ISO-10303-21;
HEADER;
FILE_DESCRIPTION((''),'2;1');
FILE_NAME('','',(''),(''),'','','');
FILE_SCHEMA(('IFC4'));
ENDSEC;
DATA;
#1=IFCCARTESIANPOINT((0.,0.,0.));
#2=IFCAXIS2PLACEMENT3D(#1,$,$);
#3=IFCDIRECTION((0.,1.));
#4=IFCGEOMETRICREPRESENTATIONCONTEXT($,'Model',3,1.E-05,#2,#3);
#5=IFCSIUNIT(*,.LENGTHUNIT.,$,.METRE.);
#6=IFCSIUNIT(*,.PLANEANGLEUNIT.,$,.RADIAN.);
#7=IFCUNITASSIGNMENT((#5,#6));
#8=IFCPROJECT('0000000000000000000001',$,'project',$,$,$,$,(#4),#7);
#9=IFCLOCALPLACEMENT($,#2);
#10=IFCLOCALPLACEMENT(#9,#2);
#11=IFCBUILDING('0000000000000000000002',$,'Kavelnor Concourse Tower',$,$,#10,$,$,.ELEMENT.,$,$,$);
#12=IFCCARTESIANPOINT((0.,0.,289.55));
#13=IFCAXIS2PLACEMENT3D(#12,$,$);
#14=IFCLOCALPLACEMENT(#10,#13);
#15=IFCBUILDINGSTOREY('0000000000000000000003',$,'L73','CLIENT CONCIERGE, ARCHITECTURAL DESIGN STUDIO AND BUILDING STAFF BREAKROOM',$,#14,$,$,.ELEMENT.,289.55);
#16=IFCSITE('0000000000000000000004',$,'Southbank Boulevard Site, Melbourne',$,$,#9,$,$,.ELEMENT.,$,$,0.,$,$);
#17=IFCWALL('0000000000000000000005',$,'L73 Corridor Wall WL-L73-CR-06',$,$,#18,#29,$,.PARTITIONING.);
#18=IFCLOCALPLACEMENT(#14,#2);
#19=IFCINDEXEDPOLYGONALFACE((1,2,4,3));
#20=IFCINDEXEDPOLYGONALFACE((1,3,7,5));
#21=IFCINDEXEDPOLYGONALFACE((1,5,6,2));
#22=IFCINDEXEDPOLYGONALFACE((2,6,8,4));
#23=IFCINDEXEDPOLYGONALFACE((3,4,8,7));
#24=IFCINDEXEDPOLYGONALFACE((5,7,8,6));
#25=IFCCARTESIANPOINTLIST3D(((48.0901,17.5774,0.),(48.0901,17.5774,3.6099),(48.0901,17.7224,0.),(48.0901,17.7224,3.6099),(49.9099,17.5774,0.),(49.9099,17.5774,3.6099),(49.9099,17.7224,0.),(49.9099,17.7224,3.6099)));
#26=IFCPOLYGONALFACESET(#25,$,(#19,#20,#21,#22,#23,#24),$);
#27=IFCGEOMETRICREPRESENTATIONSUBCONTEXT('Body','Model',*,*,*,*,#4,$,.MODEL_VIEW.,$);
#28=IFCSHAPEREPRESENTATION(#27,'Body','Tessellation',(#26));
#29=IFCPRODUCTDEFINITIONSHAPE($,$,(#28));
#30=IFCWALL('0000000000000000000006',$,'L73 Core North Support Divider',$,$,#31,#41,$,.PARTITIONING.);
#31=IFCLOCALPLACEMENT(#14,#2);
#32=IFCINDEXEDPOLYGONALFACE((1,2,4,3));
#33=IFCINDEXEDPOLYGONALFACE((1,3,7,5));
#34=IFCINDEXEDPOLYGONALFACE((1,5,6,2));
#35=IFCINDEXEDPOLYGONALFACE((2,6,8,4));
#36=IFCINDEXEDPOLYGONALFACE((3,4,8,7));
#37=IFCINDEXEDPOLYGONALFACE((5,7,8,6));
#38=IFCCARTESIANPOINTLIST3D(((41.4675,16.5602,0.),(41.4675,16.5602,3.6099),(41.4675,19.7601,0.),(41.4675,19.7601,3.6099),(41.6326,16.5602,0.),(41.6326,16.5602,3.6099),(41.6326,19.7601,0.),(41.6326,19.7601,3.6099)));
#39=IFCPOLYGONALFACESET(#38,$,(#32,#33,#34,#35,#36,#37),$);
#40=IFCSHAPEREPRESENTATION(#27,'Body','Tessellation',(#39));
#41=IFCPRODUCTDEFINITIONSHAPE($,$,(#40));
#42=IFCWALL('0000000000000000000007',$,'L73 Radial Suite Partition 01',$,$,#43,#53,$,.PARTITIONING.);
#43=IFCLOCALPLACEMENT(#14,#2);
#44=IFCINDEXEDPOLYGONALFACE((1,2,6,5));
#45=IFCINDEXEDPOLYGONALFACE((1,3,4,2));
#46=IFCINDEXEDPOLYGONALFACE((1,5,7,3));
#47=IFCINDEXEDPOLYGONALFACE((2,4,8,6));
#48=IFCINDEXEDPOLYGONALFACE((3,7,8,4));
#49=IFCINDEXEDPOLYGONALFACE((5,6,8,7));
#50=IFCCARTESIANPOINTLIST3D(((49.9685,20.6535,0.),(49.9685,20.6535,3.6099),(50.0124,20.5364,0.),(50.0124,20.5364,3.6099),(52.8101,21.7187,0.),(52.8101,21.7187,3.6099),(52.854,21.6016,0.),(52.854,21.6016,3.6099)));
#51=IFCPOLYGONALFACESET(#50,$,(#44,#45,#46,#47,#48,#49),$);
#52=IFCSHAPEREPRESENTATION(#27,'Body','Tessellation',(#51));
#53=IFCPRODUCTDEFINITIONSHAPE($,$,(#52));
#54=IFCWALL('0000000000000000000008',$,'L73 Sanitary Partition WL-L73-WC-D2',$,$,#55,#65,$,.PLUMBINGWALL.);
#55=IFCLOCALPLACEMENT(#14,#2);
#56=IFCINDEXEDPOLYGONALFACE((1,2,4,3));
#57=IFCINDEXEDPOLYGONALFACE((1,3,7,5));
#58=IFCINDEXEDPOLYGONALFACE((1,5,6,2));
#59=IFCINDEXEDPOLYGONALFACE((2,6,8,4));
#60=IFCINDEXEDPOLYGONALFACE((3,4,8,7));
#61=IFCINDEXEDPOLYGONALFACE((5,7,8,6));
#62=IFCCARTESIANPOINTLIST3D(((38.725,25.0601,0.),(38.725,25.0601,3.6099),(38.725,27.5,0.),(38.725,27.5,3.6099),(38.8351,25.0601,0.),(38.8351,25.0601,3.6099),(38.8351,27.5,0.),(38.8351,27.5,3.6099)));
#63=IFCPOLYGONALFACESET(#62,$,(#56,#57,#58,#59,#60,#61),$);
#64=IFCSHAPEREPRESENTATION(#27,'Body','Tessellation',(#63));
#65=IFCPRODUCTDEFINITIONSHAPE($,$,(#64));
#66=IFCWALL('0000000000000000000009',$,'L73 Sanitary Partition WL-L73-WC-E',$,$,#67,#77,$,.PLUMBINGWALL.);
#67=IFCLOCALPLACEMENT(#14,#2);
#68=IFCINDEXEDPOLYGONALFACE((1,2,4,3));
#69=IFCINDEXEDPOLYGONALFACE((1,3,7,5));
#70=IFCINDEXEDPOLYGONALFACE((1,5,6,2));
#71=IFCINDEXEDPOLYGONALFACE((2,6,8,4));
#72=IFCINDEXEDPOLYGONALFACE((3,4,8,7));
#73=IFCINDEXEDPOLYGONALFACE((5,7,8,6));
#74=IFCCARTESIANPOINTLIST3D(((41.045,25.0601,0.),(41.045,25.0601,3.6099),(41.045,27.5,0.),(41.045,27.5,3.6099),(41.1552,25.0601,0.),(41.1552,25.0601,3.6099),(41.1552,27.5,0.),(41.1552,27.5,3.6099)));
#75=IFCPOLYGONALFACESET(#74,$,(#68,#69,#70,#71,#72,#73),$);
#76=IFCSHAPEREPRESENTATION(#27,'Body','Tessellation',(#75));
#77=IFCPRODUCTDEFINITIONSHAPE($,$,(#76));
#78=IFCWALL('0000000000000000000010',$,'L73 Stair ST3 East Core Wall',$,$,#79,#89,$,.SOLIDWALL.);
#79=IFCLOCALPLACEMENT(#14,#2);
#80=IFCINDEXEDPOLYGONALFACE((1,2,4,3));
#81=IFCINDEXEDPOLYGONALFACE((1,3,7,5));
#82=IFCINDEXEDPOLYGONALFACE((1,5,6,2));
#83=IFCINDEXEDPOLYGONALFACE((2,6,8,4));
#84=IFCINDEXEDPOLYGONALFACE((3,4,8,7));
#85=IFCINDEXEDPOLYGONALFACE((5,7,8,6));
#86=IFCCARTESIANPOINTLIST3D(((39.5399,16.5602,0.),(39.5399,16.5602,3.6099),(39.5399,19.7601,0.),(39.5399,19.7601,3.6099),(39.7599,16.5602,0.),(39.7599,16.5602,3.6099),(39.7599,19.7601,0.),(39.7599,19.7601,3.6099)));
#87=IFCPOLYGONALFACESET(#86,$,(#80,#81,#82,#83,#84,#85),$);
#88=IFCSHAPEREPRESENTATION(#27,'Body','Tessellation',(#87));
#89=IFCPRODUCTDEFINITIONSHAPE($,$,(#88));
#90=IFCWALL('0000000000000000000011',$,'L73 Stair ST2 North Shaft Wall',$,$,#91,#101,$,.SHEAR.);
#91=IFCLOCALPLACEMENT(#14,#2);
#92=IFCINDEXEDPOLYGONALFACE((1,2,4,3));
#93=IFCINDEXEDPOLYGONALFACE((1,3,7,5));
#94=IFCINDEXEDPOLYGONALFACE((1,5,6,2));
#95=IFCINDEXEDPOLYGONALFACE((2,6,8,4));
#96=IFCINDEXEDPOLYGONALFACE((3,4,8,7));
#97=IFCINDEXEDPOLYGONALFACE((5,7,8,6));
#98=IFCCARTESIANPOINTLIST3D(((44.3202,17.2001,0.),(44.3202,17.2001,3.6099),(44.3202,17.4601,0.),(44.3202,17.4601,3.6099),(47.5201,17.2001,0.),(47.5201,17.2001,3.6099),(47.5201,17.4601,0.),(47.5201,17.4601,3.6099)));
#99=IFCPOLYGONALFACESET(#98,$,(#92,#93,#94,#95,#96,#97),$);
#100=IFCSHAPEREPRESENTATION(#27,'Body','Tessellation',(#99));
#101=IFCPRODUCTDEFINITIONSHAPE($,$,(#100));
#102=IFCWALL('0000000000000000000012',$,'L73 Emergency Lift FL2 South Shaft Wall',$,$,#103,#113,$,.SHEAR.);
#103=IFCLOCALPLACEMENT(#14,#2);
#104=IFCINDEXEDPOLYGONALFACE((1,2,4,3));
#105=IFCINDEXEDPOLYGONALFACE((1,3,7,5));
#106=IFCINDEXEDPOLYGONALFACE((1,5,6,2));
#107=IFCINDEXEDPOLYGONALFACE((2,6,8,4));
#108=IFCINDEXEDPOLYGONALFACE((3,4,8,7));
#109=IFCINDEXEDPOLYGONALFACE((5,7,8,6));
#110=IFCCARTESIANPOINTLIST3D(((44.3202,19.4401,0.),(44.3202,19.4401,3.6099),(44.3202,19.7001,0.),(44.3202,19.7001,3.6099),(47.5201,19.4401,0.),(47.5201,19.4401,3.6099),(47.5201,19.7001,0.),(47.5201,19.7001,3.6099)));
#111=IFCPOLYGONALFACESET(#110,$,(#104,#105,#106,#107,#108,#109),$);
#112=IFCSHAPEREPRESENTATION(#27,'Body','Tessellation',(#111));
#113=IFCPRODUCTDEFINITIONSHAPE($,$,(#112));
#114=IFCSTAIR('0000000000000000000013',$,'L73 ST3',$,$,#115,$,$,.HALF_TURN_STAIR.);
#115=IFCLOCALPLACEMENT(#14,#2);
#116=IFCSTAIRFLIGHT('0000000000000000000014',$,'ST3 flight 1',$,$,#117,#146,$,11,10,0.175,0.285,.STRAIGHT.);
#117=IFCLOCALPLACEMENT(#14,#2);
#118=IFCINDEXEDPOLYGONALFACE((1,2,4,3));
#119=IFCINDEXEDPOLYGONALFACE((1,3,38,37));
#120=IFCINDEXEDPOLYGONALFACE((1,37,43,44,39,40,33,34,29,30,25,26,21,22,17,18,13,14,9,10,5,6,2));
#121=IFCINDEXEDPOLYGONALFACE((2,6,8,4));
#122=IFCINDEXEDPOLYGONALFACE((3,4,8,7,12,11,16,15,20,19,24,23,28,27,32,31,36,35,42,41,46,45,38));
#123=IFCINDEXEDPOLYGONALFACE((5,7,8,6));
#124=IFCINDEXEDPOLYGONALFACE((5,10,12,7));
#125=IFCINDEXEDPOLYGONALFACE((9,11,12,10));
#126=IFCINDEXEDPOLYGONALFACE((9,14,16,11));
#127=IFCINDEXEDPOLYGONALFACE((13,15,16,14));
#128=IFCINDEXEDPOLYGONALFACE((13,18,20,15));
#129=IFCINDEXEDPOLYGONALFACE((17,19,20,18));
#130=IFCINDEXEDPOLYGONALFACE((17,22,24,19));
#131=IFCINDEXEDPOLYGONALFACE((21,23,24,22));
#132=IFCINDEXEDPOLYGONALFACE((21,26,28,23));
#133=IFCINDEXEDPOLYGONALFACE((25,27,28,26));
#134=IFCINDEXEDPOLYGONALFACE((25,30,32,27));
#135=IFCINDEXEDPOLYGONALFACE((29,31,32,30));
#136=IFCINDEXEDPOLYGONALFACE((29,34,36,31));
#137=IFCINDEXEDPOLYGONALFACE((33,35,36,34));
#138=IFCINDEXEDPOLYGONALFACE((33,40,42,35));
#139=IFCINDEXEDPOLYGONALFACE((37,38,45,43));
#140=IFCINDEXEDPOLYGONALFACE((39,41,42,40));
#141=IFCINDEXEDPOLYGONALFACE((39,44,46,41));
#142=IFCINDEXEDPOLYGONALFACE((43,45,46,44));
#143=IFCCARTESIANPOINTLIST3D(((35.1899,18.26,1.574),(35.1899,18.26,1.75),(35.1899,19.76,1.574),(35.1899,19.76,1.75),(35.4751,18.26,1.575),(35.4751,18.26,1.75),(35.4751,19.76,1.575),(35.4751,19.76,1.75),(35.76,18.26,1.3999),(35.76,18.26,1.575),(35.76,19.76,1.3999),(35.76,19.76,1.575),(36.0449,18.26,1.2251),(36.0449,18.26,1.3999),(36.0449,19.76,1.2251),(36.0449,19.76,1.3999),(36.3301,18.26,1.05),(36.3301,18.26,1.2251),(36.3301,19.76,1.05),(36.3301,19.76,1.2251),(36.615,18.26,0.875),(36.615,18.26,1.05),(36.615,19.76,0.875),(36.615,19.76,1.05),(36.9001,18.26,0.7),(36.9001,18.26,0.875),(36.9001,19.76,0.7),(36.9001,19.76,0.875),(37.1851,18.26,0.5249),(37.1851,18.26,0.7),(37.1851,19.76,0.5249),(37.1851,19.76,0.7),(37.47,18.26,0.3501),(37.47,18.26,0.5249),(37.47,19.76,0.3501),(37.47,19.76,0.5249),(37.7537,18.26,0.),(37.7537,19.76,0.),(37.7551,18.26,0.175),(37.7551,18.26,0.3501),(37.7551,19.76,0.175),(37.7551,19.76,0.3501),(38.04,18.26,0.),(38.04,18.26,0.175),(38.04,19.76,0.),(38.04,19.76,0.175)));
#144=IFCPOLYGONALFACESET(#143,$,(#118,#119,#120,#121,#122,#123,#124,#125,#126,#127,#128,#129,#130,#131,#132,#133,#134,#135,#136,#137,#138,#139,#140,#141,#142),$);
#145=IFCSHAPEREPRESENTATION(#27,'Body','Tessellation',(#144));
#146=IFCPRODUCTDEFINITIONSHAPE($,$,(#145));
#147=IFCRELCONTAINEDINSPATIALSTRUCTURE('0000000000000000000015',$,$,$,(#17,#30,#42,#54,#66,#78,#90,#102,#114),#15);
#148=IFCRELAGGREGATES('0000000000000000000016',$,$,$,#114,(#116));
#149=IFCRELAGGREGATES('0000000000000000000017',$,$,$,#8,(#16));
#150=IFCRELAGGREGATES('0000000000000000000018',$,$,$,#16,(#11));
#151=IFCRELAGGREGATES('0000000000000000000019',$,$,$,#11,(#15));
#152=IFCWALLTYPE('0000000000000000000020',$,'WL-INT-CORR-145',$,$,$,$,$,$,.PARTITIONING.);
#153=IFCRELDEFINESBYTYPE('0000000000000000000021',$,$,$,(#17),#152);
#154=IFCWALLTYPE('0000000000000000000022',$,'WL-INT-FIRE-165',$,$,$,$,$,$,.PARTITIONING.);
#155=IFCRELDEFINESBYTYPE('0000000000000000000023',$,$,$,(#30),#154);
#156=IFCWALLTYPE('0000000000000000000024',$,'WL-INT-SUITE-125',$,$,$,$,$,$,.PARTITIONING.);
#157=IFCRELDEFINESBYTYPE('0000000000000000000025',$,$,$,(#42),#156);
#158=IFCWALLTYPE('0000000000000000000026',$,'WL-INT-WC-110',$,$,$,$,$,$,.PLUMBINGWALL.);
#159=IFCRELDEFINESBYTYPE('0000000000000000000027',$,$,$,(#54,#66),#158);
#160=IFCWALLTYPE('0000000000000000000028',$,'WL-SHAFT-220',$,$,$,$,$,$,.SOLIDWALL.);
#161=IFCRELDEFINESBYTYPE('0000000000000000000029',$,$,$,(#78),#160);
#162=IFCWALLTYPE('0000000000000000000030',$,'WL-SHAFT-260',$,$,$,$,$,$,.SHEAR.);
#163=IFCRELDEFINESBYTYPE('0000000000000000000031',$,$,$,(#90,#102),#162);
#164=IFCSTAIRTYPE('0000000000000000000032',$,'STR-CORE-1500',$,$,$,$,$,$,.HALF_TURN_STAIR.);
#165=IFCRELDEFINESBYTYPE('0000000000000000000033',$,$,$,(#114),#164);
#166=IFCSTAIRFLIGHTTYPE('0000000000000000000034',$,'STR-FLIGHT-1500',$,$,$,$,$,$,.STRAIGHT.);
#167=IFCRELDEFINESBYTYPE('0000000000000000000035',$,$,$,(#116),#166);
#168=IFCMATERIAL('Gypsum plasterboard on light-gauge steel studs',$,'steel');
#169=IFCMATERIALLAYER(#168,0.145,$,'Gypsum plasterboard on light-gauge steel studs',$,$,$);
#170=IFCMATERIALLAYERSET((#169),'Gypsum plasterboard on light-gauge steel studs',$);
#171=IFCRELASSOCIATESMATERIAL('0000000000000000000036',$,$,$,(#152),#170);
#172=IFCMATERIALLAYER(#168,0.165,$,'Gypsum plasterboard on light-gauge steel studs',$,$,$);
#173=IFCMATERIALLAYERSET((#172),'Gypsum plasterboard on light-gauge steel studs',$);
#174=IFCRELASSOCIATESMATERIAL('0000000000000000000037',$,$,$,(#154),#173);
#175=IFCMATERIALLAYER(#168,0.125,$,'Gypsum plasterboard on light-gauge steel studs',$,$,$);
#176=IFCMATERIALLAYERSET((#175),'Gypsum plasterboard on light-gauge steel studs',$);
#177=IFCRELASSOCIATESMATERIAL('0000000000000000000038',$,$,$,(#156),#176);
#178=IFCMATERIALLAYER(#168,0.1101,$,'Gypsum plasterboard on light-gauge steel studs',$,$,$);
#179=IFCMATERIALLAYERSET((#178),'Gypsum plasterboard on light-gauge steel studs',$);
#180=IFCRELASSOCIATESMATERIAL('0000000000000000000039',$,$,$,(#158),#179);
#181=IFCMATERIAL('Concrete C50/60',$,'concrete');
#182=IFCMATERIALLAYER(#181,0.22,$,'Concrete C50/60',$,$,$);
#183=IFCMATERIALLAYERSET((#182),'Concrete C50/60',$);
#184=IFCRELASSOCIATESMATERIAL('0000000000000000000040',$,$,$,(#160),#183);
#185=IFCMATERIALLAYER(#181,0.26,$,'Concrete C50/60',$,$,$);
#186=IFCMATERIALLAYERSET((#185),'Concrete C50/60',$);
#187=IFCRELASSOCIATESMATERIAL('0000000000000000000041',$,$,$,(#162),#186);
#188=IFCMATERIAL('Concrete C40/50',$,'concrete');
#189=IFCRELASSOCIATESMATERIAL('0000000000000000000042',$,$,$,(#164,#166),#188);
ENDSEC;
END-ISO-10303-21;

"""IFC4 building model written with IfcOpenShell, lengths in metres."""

from ifc_helpers import new_model, si_unit, direction, frame, frame_2d, origin, place, context, subcontext, project, spatial, polyline, rectangle, outline, extrude, material, layer, layer_set, type_object, element, aggregate, save


model = new_model("IFC4")

# Units and contexts
model_context = context("Model", 3, precision=1e-05, world=origin(), true_north=direction((0.0, 1.0)))
body_context = subcontext(model_context, "Body", "Model", "MODEL_VIEW")
ifc_project = project(units=[si_unit("LENGTHUNIT", "METRE"), si_unit("PLANEANGLEUNIT", "RADIAN")], contexts=[model_context])

# Site, building, storey
site_placement = place(None, origin())
site = spatial("IfcSite", under=ifc_project, at=site_placement, Name="Southbank Boulevard Site, Melbourne", CompositionType="ELEMENT", RefElevation=0.0)
building_placement = place(site_placement, origin())
building = spatial("IfcBuilding", under=site, at=building_placement, Name="Kavelnor Concourse Tower", CompositionType="ELEMENT")
storey_placement = place(building_placement, frame((0.0, 0.0, 289.55)))
storey = spatial("IfcBuildingStorey", under=building, at=storey_placement, Name="L73", Description="CLIENT CONCIERGE, ARCHITECTURAL DESIGN STUDIO AND BUILDING STAFF BREAKROOM", CompositionType="ELEMENT", Elevation=289.55)

# Shared definitions
ifc_material_1 = material(Name="Gypsum plasterboard on light-gauge steel studs", Category="steel")
ifc_layer_1 = layer(ifc_material_1, 0.145, Name="Gypsum plasterboard on light-gauge steel studs")
ifc_layer_set_1 = layer_set([ifc_layer_1], Name="Gypsum plasterboard on light-gauge steel studs")
wall_type_1 = type_object("IfcWallType", Name="WL-INT-CORR-145", PredefinedType="PARTITIONING", material=ifc_layer_set_1)

# Walls
wall_1_placement = place(storey_placement, frame((49.9099, 17.6499, 0.0), z_axis=(0.0, 0.0, 1.0), x_axis=(-1.0, 0.0, 0.0)))
element("IfcWall", 1, at=wall_1_placement, inside=storey, type_object=wall_type_1, Name="L73 Corridor Wall WL-L73-CR-06", PredefinedType="PARTITIONING", context=body_context, shape_type="SweptSolid", body=[
    extrude(rectangle(XDim=1.8198, YDim=0.145, at=frame_2d((0.9099, 0.0))), origin(), (0.0, 0.0, 1.0), 3.6099),
])
ifc_layer_2 = layer(ifc_material_1, 0.165, Name="Gypsum plasterboard on light-gauge steel studs")
ifc_layer_set_2 = layer_set([ifc_layer_2], Name="Gypsum plasterboard on light-gauge steel studs")
wall_type_2 = type_object("IfcWallType", Name="WL-INT-FIRE-165", PredefinedType="PARTITIONING", material=ifc_layer_set_2)
wall_2_placement = place(storey_placement, frame((41.55, 16.5601, 0.0), z_axis=(0.0, 0.0, 1.0), x_axis=(0.0, 1.0, 0.0)))
element("IfcWall", 2, at=wall_2_placement, inside=storey, type_object=wall_type_2, Name="L73 Core North Support Divider", PredefinedType="PARTITIONING", context=body_context, shape_type="SweptSolid", body=[
    extrude(rectangle(XDim=3.2, YDim=0.165, at=frame_2d((1.6001, 0.0))), origin(), (0.0, 0.0, 1.0), 3.6099),
])
ifc_layer_3 = layer(ifc_material_1, 0.125, Name="Gypsum plasterboard on light-gauge steel studs")
ifc_layer_set_3 = layer_set([ifc_layer_3], Name="Gypsum plasterboard on light-gauge steel studs")
wall_type_3 = type_object("IfcWallType", Name="WL-INT-SUITE-125", PredefinedType="PARTITIONING", material=ifc_layer_set_3)
wall_3_placement = place(storey_placement, frame((49.9905, 20.595, 0.0), z_axis=(0.0, 0.0, 1.0), x_axis=(0.936372, 0.351009, 0.0)))
element("IfcWall", 3, at=wall_3_placement, inside=storey, type_object=wall_type_3, Name="L73 Radial Suite Partition 01", PredefinedType="PARTITIONING", context=body_context, shape_type="SweptSolid", body=[
    extrude(rectangle(XDim=3.0347, YDim=0.125, at=frame_2d((1.5173, 0.0))), origin(), (0.0, 0.0, 1.0), 3.6099),
])
ifc_layer_4 = layer(ifc_material_1, 0.1101, Name="Gypsum plasterboard on light-gauge steel studs")
ifc_layer_set_4 = layer_set([ifc_layer_4], Name="Gypsum plasterboard on light-gauge steel studs")
wall_type_4 = type_object("IfcWallType", Name="WL-INT-WC-110", PredefinedType="PLUMBINGWALL", material=ifc_layer_set_4)
for number, where, z_axis, x_axis, name in (
    (4, (38.78, 25.0601, 0.0), (0.0, 0.0, 1.0), (0.0, 1.0, 0.0), "L73 Sanitary Partition WL-L73-WC-D2"),
    (5, (41.1001, 25.0601, 0.0), (0.0, 0.0, 1.0), (0.0, 1.0, 0.0), "L73 Sanitary Partition WL-L73-WC-E"),
):
    element("IfcWall", number, at=place(storey_placement, frame(where, z_axis=z_axis, x_axis=x_axis)), inside=storey, type_object=wall_type_4, Name=name, PredefinedType="PLUMBINGWALL", context=body_context, shape_type="SweptSolid", body=[
        extrude(rectangle(XDim=2.4399, YDim=0.1101, at=frame_2d((1.22, 0.0))), origin(), (0.0, 0.0, 1.0), 3.6099),
    ])
ifc_material_2 = material(Name="Concrete C50/60", Category="concrete")
ifc_layer_5 = layer(ifc_material_2, 0.22, Name="Concrete C50/60")
ifc_layer_set_5 = layer_set([ifc_layer_5], Name="Concrete C50/60")
wall_type_5 = type_object("IfcWallType", Name="WL-SHAFT-220", PredefinedType="SOLIDWALL", material=ifc_layer_set_5)
wall_4_placement = place(storey_placement, frame((39.6499, 16.5601, 0.0), z_axis=(0.0, 0.0, 1.0), x_axis=(0.0, 1.0, 0.0)))
element("IfcWall", 6, at=wall_4_placement, inside=storey, type_object=wall_type_5, Name="L73 Stair ST3 East Core Wall", PredefinedType="SOLIDWALL", context=body_context, shape_type="SweptSolid", body=[
    extrude(rectangle(XDim=3.2, YDim=0.22, at=frame_2d((1.6001, 0.0))), origin(), (0.0, 0.0, 1.0), 3.6099),
])
ifc_layer_6 = layer(ifc_material_2, 0.26, Name="Concrete C50/60")
ifc_layer_set_6 = layer_set([ifc_layer_6], Name="Concrete C50/60")
wall_type_6 = type_object("IfcWallType", Name="WL-SHAFT-260", PredefinedType="SHEAR", material=ifc_layer_set_6)
for number, where, z_axis, x_axis, name in (
    (7, (44.3201, 17.3301, 0.0), (0.0, 0.0, 1.0), (1.0, 0.0, 0.0), "L73 Stair ST2 North Shaft Wall"),
    (8, (44.3201, 19.5701, 0.0), (0.0, 0.0, 1.0), (1.0, 0.0, 0.0), "L73 Emergency Lift FL2 South Shaft Wall"),
):
    element("IfcWall", number, at=place(storey_placement, frame(where, z_axis=z_axis, x_axis=x_axis)), inside=storey, type_object=wall_type_6, Name=name, PredefinedType="SHEAR", context=body_context, shape_type="SweptSolid", body=[
        extrude(rectangle(XDim=3.2, YDim=0.26, at=frame_2d((1.6001, 0.0))), origin(), (0.0, 0.0, 1.0), 3.6099),
    ])

# Stair, stair flight
ifc_material_3 = material(Name="Concrete C40/50", Category="concrete")
stair_type = type_object("IfcStairType", Name="STR-CORE-1500", PredefinedType="HALF_TURN_STAIR", material=ifc_material_3)
stair_placement = place(storey_placement, origin())
stair = element("IfcStair", 9, at=stair_placement, inside=storey, type_object=stair_type, Name="L73 ST3", PredefinedType="HALF_TURN_STAIR")
stair_flight_type = type_object("IfcStairFlightType", Name="STR-FLIGHT-1500", PredefinedType="STRAIGHT", material=ifc_material_3)
stair_flight_placement = place(storey_placement, frame((38.04, 19.01, 0.0), z_axis=(0.0, 0.0, 1.0), x_axis=(-1.0, 0.0, 0.0)))
stair_flight = element("IfcStairFlight", 10, at=stair_flight_placement, type_object=stair_flight_type, Name="ST3 flight 1", NumberOfRisers=11, NumberOfTreads=10, PredefinedType="STRAIGHT", RiserHeight=0.175, TreadLength=0.285, context=body_context, shape_type="SweptSolid", body=[
    extrude(outline(polyline([(0.0, 0.0), (0.0, 0.175), (0.2849, 0.175), (0.2849, 0.3501), (0.5701, 0.3501), (0.5701, 0.5249), (0.855, 0.5249), (0.855, 0.7), (1.1399, 0.7), (1.1399, 0.875), (1.425, 0.875), (1.425, 1.05), (1.71, 1.05), (1.71, 1.2251), (1.9951, 1.2251), (1.9951, 1.3999), (2.28, 1.3999), (2.28, 1.575), (2.5649, 1.575), (2.5649, 1.75), (2.8501, 1.75), (2.8501, 1.925), (2.8501, 1.574), (0.2864, 0.0), (0.0, 0.0)])), frame((0.0, 0.75, 0.0), z_axis=(0.0, -1.0, 0.0), x_axis=(1.0, 0.0, 0.0)), (0.0, 0.0, 1.0), 1.5),
])
aggregate(stair, [stair_flight])

save(model, "model.ifc")
